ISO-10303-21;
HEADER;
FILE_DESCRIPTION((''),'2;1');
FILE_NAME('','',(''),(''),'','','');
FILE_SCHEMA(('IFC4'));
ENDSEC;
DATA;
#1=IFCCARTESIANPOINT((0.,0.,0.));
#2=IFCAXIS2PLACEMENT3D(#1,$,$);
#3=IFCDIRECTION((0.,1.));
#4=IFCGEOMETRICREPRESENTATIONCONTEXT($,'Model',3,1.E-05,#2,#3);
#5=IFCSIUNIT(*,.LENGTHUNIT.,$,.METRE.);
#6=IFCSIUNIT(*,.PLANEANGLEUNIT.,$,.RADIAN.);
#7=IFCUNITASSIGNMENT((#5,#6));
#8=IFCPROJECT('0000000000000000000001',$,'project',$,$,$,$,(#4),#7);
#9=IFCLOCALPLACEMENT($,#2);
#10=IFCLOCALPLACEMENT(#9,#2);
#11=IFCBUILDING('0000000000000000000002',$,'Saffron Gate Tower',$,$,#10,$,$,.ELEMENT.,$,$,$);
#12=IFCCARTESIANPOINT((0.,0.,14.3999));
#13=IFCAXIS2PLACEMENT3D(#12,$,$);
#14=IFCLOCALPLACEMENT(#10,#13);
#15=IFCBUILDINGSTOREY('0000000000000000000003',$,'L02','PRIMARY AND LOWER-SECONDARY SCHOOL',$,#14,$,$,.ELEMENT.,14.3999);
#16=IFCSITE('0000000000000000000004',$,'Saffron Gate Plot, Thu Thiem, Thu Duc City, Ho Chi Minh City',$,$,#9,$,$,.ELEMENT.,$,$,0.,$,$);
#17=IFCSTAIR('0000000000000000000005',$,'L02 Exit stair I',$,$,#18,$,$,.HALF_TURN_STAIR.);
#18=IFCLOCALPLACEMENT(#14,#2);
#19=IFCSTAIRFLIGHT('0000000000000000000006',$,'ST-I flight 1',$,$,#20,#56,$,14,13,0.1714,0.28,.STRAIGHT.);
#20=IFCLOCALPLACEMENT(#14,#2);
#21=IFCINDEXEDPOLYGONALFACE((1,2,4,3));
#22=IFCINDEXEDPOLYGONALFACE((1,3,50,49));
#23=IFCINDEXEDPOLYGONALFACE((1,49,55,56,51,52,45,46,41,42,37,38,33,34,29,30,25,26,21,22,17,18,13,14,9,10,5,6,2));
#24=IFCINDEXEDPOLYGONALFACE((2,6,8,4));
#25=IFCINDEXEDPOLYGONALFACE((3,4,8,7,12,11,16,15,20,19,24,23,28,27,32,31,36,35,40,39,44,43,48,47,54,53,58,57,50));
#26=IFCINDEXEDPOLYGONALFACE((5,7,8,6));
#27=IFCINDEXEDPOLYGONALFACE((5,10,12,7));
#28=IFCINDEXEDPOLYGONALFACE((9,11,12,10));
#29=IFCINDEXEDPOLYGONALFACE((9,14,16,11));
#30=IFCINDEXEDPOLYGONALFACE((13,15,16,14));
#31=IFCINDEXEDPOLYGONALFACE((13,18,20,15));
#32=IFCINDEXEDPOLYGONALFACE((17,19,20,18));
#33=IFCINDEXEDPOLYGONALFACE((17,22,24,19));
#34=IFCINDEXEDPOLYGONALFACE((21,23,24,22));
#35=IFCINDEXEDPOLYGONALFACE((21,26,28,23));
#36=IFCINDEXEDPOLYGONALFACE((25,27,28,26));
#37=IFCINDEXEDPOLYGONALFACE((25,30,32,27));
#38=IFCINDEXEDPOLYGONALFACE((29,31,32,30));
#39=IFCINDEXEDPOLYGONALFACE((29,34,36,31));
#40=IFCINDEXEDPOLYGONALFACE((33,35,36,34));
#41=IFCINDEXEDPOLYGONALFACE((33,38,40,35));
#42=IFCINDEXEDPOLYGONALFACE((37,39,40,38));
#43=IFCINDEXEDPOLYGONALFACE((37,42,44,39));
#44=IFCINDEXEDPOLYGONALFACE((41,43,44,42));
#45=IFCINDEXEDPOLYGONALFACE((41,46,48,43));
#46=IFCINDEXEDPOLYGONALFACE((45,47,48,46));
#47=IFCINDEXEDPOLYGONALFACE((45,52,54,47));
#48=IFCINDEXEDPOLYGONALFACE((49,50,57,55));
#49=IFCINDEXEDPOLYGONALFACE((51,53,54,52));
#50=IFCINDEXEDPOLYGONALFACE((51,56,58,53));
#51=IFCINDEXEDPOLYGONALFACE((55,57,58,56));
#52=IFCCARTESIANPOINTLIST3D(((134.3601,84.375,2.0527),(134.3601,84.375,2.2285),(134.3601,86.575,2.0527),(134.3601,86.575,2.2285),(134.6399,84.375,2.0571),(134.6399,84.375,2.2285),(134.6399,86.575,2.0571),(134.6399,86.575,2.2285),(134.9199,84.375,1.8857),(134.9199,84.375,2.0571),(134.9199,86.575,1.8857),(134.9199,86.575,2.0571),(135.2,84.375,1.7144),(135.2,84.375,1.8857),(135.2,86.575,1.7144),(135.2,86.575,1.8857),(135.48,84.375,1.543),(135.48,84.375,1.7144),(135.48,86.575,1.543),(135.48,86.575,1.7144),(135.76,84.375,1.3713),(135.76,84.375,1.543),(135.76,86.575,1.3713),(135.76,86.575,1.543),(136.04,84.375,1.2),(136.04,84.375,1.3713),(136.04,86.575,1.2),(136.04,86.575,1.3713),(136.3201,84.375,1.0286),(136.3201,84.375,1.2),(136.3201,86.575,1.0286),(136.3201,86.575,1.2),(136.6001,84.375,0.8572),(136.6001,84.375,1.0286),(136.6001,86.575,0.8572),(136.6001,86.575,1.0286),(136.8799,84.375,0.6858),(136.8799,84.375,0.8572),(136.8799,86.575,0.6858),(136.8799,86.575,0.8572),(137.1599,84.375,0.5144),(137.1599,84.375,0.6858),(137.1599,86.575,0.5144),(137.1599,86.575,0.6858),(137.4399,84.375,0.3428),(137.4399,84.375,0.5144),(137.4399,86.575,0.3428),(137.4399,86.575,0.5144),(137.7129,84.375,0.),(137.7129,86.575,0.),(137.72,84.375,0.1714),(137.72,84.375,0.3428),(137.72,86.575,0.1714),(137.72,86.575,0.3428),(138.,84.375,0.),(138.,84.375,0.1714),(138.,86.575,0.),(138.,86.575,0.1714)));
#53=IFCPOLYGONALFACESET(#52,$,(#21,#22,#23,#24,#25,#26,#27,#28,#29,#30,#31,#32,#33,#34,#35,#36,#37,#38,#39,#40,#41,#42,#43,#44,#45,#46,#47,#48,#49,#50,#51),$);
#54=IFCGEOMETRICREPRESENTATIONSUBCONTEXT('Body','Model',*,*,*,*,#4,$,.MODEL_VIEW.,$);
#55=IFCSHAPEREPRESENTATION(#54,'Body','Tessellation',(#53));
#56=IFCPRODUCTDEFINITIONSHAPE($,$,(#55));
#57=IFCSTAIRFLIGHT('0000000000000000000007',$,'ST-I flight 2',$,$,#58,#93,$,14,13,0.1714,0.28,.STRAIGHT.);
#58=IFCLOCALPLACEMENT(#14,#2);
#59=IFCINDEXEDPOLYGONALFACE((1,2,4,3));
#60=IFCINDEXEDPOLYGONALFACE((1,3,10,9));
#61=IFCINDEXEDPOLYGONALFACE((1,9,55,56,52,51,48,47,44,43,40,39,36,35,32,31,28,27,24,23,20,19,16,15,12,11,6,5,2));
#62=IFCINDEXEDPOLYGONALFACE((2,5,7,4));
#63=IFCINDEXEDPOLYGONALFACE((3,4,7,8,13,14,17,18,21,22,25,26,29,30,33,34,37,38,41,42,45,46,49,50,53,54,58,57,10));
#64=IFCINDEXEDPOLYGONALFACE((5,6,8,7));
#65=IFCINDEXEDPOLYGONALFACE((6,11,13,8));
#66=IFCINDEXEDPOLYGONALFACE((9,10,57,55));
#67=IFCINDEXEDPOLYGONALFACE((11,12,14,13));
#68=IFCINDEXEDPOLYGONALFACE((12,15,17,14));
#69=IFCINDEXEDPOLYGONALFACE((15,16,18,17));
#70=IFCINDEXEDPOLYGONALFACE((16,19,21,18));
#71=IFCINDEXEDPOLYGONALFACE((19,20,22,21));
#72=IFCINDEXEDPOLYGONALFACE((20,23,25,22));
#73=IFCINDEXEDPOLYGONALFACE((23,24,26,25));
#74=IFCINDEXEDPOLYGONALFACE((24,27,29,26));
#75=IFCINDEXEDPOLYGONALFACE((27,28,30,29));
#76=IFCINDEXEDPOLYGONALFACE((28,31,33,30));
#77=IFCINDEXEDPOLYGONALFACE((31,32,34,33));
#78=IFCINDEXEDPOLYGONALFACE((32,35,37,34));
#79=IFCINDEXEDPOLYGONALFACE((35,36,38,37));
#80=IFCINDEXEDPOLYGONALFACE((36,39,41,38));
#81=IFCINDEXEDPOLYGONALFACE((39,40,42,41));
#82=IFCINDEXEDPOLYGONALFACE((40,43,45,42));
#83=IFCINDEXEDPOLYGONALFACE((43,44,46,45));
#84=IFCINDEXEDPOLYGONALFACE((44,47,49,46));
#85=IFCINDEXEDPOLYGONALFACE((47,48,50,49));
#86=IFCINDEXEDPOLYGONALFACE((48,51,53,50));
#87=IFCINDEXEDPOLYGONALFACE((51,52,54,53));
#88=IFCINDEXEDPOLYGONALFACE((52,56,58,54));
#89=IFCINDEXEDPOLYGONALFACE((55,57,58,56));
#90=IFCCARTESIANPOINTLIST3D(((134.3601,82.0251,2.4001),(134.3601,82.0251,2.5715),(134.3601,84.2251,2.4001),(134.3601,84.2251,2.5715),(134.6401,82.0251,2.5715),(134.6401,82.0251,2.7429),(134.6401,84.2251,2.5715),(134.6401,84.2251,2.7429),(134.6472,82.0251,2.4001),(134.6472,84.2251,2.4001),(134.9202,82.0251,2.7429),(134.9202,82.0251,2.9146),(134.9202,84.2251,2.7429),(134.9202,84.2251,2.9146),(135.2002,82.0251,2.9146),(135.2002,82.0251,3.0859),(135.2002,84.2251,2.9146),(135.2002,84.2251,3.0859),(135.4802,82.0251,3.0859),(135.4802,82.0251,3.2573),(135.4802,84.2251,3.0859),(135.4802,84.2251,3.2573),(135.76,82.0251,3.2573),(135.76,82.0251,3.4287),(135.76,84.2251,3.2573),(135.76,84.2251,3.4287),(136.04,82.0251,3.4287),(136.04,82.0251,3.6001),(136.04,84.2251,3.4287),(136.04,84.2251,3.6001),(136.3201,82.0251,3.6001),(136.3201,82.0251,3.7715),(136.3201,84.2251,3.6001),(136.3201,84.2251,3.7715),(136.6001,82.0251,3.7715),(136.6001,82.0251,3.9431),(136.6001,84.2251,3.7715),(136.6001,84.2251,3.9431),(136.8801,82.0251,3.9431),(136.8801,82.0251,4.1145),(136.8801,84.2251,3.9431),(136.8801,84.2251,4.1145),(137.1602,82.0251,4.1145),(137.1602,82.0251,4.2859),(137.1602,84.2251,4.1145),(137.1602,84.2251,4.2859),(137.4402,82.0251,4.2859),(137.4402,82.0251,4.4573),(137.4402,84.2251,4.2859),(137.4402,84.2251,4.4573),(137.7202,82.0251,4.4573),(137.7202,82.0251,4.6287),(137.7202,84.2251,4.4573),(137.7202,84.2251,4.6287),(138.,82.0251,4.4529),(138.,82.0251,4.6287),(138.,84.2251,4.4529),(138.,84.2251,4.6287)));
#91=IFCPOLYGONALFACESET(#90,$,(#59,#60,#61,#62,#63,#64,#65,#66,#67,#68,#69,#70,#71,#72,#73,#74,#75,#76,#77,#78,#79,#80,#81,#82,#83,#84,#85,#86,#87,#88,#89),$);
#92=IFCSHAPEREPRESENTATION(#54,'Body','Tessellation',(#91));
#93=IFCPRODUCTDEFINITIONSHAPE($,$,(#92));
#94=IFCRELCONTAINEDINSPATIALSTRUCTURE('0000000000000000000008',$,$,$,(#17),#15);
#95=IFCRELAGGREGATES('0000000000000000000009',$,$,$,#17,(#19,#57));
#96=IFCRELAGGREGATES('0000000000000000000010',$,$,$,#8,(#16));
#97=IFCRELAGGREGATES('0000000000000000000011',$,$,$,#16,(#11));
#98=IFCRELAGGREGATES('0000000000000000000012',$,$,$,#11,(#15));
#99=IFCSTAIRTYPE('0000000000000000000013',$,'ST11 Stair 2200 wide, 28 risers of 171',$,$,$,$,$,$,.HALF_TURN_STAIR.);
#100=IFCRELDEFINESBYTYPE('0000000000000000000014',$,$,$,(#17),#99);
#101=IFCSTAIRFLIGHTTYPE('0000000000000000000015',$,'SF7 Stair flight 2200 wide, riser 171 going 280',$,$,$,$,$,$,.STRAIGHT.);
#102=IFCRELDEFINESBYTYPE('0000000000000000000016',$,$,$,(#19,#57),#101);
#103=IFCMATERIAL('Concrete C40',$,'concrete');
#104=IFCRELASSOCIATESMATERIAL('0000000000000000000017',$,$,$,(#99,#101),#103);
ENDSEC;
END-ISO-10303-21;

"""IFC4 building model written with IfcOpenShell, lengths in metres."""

from ifc_helpers import new_model, si_unit, direction, frame, origin, place, context, subcontext, project, spatial, polyline, outline, extrude, material, type_object, element, aggregate, save


model = new_model("IFC4")

# Units and contexts
model_context = context("Model", 3, precision=1e-05, world=origin(), true_north=direction((0.0, 1.0)))
body_context = subcontext(model_context, "Body", "Model", "MODEL_VIEW")
ifc_project = project(units=[si_unit("LENGTHUNIT", "METRE"), si_unit("PLANEANGLEUNIT", "RADIAN")], contexts=[model_context])

# Site, building, storey
site_placement = place(None, origin())
site = spatial("IfcSite", under=ifc_project, at=site_placement, Name="Saffron Gate Plot, Thu Thiem, Thu Duc City, Ho Chi Minh City", CompositionType="ELEMENT", RefElevation=0.0)
building_placement = place(site_placement, origin())
building = spatial("IfcBuilding", under=site, at=building_placement, Name="Saffron Gate Tower", CompositionType="ELEMENT")
storey_placement = place(building_placement, frame((0.0, 0.0, 14.3999)))
storey = spatial("IfcBuildingStorey", under=building, at=storey_placement, Name="L02", Description="PRIMARY AND LOWER-SECONDARY SCHOOL", CompositionType="ELEMENT", Elevation=14.3999)

# Stair, stair flights
ifc_material_1 = material(Name="Concrete C40", Category="concrete")
stair_type = type_object("IfcStairType", Name="ST11 Stair 2200 wide, 28 risers of 171", PredefinedType="HALF_TURN_STAIR", material=ifc_material_1)
stair_placement = place(storey_placement, origin())
stair = element("IfcStair", 1, at=stair_placement, inside=storey, type_object=stair_type, Name="L02 Exit stair I", PredefinedType="HALF_TURN_STAIR")
stair_flight_type = type_object("IfcStairFlightType", Name="SF7 Stair flight 2200 wide, riser 171 going 280", PredefinedType="STRAIGHT", material=ifc_material_1)
stair_flight_1_placement = place(storey_placement, frame((138.0, 85.4751, 0.0), z_axis=(0.0, 0.0, 1.0), x_axis=(-1.0, 0.0, 0.0)))
stair_flight_1 = element("IfcStairFlight", 2, at=stair_flight_1_placement, type_object=stair_flight_type, Name="ST-I flight 1", NumberOfRisers=14, NumberOfTreads=13, PredefinedType="STRAIGHT", RiserHeight=0.1714, TreadLength=0.28, context=body_context, shape_type="SweptSolid", body=[
    extrude(outline(polyline([(0.0, 0.0), (0.0, 0.1714), (0.28, 0.1714), (0.28, 0.3428), (0.5601, 0.3428), (0.5601, 0.5144), (0.8401, 0.5144), (0.8401, 0.6858), (1.1201, 0.6858), (1.1201, 0.8572), (1.3999, 0.8572), (1.3999, 1.0286), (1.6799, 1.0286), (1.6799, 1.2), (1.96, 1.2), (1.96, 1.3713), (2.24, 1.3713), (2.24, 1.543), (2.52, 1.543), (2.52, 1.7144), (2.8, 1.7144), (2.8, 1.8857), (3.0801, 1.8857), (3.0801, 2.0571), (3.3601, 2.0571), (3.3601, 2.2285), (3.6399, 2.2285), (3.6399, 2.3999), (3.6399, 2.0527), (0.2871, 0.0), (0.0, 0.0)])), frame((0.0, 1.1001, 0.0), z_axis=(0.0, -1.0, 0.0), x_axis=(1.0, 0.0, 0.0)), (0.0, 0.0, 1.0), 2.2),
])
stair_flight_2_placement = place(storey_placement, frame((134.3601, 83.125, 2.4001), z_axis=(0.0, 0.0, 1.0), x_axis=(1.0, 0.0, 0.0)))
stair_flight_2 = element("IfcStairFlight", 3, at=stair_flight_2_placement, type_object=stair_flight_type, Name="ST-I flight 2", NumberOfRisers=14, NumberOfTreads=13, PredefinedType="STRAIGHT", RiserHeight=0.1714, TreadLength=0.28, context=body_context, shape_type="SweptSolid", body=[
    extrude(outline(polyline([(0.0, 0.0), (0.0, 0.1714), (0.28, 0.1714), (0.28, 0.3428), (0.5601, 0.3428), (0.5601, 0.5144), (0.8401, 0.5144), (0.8401, 0.6858), (1.1201, 0.6858), (1.1201, 0.8572), (1.3999, 0.8572), (1.3999, 1.0286), (1.6799, 1.0286), (1.6799, 1.2), (1.96, 1.2), (1.96, 1.3713), (2.24, 1.3713), (2.24, 1.543), (2.52, 1.543), (2.52, 1.7144), (2.8, 1.7144), (2.8, 1.8857), (3.0801, 1.8857), (3.0801, 2.0571), (3.3601, 2.0571), (3.3601, 2.2285), (3.6399, 2.2285), (3.6399, 2.3999), (3.6399, 2.0527), (0.2871, 0.0), (0.0, 0.0)])), frame((0.0, 1.1001, 0.0), z_axis=(0.0, -1.0, 0.0), x_axis=(1.0, 0.0, 0.0)), (0.0, 0.0, 1.0), 2.2),
])
aggregate(stair, [stair_flight_1, stair_flight_2])

save(model, "model.ifc")
